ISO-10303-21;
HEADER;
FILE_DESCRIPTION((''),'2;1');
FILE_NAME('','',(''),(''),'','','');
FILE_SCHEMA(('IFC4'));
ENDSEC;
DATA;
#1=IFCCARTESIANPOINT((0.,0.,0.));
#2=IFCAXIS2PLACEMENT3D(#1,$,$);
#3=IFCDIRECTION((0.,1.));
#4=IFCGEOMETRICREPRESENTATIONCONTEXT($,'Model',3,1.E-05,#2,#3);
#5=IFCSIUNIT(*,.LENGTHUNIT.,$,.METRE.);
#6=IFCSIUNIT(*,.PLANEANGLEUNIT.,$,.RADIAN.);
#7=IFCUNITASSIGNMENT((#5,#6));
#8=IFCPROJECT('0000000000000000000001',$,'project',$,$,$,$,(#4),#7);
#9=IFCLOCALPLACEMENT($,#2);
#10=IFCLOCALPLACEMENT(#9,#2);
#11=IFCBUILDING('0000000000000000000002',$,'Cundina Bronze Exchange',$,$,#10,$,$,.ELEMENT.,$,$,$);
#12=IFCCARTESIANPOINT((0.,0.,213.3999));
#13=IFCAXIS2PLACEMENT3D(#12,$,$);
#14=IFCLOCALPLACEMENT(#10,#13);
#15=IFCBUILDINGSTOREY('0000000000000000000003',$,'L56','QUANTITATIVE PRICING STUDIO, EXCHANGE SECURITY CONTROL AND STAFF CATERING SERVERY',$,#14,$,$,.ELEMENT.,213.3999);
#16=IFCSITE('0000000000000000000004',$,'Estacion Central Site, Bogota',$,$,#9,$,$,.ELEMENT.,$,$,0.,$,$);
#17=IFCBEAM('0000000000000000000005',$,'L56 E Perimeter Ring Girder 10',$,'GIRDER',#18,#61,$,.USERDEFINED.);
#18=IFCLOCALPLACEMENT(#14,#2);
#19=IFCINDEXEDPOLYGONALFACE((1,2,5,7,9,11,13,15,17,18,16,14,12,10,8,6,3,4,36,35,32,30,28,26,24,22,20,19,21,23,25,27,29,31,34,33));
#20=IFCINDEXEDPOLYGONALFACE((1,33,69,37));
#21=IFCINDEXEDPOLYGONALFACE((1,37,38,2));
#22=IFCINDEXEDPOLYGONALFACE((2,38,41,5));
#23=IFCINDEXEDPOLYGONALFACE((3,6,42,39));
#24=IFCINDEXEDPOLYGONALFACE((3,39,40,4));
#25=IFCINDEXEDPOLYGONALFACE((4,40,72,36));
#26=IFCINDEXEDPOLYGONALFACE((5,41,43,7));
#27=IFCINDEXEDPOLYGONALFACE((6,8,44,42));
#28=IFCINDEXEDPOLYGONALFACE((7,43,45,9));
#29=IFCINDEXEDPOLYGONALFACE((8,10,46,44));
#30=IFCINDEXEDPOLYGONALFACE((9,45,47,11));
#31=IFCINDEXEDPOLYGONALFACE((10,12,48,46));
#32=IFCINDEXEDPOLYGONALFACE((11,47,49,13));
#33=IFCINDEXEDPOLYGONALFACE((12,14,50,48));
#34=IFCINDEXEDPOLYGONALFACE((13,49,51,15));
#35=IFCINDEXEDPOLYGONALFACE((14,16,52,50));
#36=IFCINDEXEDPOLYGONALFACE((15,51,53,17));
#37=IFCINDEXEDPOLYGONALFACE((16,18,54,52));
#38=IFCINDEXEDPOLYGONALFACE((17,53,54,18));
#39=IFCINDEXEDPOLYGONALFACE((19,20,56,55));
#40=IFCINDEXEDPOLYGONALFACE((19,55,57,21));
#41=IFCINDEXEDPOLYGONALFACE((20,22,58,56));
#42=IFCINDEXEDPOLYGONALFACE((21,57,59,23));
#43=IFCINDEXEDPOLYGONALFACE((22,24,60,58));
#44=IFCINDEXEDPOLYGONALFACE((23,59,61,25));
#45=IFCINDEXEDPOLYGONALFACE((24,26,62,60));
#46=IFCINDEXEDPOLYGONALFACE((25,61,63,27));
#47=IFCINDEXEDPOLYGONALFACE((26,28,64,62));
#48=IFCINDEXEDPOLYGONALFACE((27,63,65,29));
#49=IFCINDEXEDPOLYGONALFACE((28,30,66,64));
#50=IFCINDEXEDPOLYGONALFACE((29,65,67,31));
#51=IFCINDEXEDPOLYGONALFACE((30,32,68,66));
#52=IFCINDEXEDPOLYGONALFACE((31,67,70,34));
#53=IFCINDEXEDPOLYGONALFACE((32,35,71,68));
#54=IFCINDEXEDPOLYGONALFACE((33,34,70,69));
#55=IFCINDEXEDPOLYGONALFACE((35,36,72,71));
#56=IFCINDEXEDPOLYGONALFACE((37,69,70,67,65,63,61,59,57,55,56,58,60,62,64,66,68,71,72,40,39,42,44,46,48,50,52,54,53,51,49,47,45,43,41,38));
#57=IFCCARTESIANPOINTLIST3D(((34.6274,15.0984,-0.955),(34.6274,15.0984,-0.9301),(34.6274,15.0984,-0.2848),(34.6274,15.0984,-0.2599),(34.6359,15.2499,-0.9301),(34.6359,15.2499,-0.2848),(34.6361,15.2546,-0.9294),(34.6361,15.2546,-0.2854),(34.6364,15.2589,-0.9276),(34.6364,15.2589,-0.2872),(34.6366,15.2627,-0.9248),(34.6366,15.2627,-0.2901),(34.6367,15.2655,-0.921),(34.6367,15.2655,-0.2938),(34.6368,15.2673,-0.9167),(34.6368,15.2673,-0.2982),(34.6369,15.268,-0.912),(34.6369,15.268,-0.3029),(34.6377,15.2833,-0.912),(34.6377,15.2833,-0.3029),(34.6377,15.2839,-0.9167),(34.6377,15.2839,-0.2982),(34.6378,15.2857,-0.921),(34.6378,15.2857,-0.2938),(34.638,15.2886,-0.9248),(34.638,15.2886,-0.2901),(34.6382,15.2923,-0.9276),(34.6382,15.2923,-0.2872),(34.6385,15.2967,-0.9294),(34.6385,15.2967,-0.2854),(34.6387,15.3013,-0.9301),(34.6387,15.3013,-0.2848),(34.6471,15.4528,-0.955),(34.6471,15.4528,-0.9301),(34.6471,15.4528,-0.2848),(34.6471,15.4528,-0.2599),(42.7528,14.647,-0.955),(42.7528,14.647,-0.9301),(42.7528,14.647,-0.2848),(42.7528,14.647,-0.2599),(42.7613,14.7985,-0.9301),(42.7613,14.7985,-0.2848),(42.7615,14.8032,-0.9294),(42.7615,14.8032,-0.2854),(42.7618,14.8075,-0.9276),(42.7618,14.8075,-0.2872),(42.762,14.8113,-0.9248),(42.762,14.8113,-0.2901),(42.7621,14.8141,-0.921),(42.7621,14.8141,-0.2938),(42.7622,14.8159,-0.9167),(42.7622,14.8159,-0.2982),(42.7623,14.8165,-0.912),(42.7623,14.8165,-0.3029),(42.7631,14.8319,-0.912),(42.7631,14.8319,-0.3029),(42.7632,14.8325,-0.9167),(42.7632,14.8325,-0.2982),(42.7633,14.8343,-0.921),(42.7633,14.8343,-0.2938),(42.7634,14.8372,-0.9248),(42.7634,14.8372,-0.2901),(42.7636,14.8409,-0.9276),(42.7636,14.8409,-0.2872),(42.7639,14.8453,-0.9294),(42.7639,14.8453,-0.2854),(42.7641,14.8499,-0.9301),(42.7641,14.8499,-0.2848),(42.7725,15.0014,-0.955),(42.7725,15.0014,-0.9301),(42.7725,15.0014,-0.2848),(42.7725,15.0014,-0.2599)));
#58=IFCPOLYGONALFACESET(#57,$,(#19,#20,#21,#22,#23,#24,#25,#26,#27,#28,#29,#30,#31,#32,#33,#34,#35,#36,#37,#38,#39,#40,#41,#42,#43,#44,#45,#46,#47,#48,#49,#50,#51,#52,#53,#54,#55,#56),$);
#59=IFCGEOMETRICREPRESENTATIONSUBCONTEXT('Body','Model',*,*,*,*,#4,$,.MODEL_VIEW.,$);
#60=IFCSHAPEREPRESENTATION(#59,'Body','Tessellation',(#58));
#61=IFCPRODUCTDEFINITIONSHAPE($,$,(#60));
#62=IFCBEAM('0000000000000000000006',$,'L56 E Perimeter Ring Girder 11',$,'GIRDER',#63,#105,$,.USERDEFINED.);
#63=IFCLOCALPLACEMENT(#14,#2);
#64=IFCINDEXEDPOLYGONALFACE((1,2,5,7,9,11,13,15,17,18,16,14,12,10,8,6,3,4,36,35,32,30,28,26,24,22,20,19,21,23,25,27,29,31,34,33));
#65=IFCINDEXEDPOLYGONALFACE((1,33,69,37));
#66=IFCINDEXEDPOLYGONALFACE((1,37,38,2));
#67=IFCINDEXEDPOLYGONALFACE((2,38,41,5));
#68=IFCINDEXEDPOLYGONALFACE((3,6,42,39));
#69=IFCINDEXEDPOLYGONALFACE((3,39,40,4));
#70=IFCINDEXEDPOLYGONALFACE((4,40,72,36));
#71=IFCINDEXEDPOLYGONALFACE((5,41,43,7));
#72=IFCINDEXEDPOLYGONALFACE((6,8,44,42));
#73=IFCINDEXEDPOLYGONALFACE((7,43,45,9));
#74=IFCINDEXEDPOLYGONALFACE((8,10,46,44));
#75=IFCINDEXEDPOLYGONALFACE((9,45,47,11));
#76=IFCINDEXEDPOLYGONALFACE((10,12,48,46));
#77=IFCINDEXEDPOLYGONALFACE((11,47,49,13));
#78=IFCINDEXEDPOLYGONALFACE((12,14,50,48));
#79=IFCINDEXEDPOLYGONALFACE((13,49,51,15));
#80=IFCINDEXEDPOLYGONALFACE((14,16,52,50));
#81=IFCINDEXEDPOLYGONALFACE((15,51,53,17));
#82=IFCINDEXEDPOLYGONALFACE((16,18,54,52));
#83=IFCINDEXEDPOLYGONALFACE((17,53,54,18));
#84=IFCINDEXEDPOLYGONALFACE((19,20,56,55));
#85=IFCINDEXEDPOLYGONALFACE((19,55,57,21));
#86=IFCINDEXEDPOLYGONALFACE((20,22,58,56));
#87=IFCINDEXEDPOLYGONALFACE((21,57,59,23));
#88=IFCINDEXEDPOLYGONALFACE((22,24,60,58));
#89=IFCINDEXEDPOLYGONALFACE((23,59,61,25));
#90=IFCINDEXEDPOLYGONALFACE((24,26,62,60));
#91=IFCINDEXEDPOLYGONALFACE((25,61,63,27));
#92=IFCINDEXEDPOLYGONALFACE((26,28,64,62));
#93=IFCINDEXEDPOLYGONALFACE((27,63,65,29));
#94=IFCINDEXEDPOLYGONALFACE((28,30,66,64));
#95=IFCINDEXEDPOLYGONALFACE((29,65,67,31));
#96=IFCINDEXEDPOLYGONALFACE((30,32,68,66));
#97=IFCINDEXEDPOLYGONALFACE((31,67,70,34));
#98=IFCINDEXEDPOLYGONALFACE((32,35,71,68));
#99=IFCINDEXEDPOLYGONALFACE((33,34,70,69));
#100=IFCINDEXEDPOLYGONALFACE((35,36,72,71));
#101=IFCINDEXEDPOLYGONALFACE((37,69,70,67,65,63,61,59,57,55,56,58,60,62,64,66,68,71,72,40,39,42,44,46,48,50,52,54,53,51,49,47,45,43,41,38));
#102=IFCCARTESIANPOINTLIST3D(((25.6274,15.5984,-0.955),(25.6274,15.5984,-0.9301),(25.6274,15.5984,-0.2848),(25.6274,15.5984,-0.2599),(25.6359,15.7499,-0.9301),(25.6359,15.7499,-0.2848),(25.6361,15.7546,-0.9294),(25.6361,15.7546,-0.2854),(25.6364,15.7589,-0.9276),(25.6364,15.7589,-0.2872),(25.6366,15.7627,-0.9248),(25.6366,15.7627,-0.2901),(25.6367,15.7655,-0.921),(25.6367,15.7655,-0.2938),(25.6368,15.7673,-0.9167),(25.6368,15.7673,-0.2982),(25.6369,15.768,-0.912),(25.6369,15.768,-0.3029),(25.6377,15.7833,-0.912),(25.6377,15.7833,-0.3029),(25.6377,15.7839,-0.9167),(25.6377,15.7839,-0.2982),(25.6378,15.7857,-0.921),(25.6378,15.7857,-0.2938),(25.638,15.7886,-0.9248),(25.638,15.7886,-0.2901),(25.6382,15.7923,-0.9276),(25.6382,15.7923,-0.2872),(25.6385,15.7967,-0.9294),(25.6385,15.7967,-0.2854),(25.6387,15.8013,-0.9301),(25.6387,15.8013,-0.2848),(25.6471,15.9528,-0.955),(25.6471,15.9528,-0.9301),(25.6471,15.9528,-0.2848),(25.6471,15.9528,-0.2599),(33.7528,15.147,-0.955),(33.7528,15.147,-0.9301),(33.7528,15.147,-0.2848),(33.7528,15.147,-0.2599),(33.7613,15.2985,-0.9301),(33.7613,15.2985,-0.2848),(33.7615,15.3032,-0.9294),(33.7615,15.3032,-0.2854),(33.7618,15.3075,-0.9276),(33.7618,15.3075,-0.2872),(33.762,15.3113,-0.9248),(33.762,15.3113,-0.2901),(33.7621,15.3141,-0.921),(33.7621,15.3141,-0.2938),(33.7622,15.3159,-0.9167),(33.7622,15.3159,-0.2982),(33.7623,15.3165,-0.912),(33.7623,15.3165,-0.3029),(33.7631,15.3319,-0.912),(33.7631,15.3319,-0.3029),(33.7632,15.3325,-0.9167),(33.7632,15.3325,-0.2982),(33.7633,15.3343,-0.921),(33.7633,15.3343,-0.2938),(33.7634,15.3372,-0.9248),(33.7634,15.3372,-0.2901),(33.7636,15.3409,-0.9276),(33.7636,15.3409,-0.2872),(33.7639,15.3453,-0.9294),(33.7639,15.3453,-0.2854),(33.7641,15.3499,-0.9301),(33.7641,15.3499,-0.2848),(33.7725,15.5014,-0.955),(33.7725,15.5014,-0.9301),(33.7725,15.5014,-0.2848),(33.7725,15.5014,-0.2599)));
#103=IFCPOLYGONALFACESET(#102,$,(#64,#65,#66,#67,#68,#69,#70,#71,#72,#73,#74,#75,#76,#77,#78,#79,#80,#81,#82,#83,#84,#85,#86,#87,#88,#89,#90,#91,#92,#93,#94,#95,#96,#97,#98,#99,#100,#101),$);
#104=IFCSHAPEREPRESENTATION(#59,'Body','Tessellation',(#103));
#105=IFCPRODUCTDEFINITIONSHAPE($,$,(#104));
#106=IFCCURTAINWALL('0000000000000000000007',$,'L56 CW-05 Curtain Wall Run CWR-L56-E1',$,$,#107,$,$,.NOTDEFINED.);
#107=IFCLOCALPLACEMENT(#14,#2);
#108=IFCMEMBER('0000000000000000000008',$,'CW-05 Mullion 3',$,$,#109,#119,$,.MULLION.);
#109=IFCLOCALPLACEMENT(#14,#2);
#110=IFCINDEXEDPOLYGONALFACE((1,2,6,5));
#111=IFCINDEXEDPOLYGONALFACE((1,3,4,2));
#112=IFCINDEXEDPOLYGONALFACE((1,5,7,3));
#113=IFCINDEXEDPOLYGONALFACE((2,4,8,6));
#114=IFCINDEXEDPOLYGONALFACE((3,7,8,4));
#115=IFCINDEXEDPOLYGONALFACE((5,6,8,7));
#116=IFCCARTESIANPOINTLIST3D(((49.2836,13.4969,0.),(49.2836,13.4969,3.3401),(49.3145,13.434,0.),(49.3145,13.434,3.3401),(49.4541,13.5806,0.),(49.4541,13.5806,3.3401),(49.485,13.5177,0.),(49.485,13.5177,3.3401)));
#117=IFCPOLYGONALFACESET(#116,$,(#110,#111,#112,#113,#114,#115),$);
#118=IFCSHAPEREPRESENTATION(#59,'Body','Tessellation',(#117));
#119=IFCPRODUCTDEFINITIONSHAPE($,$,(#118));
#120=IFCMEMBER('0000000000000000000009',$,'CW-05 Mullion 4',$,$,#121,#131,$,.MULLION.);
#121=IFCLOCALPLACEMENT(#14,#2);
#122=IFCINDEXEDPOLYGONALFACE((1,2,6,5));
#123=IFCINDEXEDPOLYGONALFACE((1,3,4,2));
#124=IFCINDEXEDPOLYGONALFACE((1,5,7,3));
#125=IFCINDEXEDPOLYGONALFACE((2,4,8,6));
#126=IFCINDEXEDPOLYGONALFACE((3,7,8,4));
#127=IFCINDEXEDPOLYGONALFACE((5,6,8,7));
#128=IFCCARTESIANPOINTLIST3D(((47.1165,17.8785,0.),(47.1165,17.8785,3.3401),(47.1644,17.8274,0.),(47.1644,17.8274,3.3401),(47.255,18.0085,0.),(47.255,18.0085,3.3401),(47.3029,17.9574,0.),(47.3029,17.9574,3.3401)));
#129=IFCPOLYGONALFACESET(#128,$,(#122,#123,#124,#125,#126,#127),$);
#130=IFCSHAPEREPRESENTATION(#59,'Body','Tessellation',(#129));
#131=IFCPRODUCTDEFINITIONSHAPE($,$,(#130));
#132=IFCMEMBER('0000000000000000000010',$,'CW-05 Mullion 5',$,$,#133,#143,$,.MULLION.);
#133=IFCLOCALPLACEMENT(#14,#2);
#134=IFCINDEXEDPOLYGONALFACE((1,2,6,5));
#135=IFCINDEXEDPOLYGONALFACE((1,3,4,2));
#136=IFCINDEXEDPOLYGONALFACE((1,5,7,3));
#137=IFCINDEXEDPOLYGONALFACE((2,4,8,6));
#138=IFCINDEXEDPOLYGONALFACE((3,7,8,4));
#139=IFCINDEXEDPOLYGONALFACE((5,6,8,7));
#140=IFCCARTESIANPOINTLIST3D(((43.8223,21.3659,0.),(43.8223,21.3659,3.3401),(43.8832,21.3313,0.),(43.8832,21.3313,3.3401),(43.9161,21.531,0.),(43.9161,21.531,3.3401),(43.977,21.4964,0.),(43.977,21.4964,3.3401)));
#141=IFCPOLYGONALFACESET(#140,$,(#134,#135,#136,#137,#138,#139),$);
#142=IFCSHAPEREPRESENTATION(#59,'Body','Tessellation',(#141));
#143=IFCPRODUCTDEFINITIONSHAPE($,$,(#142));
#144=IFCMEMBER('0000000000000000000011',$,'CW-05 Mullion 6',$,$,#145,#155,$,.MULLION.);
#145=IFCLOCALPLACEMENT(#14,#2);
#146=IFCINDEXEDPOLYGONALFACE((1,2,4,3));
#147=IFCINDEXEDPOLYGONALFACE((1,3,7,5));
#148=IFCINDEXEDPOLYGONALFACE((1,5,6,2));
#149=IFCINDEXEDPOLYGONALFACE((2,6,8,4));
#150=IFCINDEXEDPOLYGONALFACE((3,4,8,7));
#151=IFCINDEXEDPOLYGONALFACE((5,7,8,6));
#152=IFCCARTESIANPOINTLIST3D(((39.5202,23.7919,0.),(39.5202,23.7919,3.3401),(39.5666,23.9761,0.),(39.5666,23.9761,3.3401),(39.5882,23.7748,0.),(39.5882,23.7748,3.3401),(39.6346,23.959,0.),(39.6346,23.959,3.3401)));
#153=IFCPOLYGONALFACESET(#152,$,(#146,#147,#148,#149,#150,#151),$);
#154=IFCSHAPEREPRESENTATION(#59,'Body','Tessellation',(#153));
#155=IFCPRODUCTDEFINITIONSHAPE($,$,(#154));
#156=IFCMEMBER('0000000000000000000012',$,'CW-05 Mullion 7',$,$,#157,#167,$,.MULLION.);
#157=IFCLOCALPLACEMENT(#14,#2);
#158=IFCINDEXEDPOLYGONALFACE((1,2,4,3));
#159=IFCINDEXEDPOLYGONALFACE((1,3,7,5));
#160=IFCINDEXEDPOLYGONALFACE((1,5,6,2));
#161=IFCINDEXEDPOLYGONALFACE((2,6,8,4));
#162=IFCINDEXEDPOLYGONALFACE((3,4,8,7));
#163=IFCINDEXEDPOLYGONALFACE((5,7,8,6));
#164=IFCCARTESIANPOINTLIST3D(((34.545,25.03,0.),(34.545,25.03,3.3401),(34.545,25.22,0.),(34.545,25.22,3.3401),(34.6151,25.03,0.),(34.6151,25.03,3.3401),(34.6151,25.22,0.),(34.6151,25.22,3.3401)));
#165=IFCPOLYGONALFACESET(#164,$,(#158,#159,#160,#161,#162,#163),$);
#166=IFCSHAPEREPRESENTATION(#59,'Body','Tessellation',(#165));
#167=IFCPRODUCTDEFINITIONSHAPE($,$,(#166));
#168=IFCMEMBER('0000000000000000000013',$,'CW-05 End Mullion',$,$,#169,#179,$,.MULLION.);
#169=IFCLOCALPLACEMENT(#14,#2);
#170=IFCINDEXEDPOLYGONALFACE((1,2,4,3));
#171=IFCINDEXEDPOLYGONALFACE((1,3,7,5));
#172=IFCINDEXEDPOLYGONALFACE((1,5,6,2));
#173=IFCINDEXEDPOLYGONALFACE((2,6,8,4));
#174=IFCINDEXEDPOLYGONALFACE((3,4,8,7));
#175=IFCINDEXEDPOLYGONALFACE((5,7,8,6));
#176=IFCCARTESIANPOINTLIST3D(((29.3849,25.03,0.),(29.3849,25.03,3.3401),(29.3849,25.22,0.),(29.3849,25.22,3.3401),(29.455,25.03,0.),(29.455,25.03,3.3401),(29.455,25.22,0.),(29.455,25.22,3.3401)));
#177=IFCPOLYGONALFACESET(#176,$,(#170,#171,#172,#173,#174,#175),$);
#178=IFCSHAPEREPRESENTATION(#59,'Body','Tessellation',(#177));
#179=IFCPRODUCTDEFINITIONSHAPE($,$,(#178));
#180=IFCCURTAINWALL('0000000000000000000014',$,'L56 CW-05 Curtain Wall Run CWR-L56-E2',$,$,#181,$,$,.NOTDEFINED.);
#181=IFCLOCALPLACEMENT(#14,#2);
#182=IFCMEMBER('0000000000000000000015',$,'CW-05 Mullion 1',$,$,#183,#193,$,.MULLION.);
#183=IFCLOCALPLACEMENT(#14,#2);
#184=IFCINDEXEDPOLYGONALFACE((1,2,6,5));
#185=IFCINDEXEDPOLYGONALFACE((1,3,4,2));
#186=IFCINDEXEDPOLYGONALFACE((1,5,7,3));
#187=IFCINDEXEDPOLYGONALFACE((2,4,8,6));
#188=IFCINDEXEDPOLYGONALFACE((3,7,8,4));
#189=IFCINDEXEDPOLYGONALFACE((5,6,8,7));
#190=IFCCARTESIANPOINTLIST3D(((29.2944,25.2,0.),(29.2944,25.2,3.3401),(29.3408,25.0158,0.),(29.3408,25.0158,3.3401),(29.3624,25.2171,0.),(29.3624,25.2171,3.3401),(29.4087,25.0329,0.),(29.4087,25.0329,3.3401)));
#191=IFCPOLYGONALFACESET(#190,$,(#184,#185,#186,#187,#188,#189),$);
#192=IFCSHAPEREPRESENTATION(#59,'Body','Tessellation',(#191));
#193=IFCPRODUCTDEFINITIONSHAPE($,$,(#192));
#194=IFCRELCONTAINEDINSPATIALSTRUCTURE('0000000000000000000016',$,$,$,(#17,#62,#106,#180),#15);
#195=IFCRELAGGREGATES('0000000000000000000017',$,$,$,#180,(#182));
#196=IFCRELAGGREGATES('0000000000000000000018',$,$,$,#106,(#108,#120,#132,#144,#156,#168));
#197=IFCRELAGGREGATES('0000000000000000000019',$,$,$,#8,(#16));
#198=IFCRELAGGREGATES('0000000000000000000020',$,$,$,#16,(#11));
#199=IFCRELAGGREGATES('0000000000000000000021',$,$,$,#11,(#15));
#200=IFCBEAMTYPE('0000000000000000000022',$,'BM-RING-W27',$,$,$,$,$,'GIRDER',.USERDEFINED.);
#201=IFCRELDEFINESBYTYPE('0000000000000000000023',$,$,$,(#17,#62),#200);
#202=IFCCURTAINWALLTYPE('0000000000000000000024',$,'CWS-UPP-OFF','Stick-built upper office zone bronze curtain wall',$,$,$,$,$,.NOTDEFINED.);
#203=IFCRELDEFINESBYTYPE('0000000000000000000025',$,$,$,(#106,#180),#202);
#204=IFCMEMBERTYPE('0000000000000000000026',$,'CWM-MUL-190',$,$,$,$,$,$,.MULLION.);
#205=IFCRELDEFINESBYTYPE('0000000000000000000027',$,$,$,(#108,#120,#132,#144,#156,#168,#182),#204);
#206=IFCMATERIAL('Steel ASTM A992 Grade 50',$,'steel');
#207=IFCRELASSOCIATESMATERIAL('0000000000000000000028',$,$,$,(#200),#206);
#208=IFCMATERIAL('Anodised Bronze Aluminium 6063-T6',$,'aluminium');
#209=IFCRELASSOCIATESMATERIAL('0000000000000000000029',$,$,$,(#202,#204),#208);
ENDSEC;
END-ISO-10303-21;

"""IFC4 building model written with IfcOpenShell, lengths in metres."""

from ifc_helpers import new_model, si_unit, direction, frame, origin, origin_2d, place, context, subcontext, project, spatial, rectangle, i_section, extrude, material, material_profile, profile_set, type_object, element, aggregate, save


model = new_model("IFC4")

# Units and contexts
model_context = context("Model", 3, precision=1e-05, world=origin(), true_north=direction((0.0, 1.0)))
body_context = subcontext(model_context, "Body", "Model", "MODEL_VIEW")
ifc_project = project(units=[si_unit("LENGTHUNIT", "METRE"), si_unit("PLANEANGLEUNIT", "RADIAN")], contexts=[model_context])

# Site, building, storey
site_placement = place(None, origin())
site = spatial("IfcSite", under=ifc_project, at=site_placement, Name="Estacion Central Site, Bogota", CompositionType="ELEMENT", RefElevation=0.0)
building_placement = place(site_placement, origin())
building = spatial("IfcBuilding", under=site, at=building_placement, Name="Cundina Bronze Exchange", CompositionType="ELEMENT")
storey_placement = place(building_placement, frame((0.0, 0.0, 213.3999)))
storey = spatial("IfcBuildingStorey", under=building, at=storey_placement, Name="L56", Description="QUANTITATIVE PRICING STUDIO, EXCHANGE SECURITY CONTROL AND STAFF CATERING SERVERY", CompositionType="ELEMENT", Elevation=213.3999)

# Beams
ifc_material_1 = material(Name="Steel ASTM A992 Grade 50", Category="steel")
ifc_material_profile_1 = material_profile(ifc_material_1, i_section(OverallWidth=0.355, OverallDepth=0.6951, WebThickness=0.0154, FlangeThickness=0.0249, FilletRadius=0.0181, at=origin_2d()), Name="W27X146", Category="steel")
ifc_profile_set_1 = profile_set([ifc_material_profile_1], Name="Steel ASTM A992 Grade 50")
beam_type_1 = type_object("IfcBeamType", Name="BM-RING-W27", ElementType="GIRDER", PredefinedType="USERDEFINED", material=ifc_profile_set_1)
for number, where, z_axis, x_axis, name in (
    (1, (42.7627, 14.8242, -0.6074), (-0.99846, 0.05547, 0.0), (-0.05547, -0.99846, 0.0), "L56 E Perimeter Ring Girder 10"),
    (2, (33.7627, 15.3242, -0.6074), (-0.99846, 0.05547, 0.0), (-0.05547, -0.99846, 0.0), "L56 E Perimeter Ring Girder 11"),
):
    element("IfcBeam", number, at=place(storey_placement, frame(where, z_axis=z_axis, x_axis=x_axis)), inside=storey, type_object=beam_type_1, Name=name, ObjectType="GIRDER", PredefinedType="USERDEFINED", context=body_context, shape_type="SweptSolid", body=[
        extrude(i_section(OverallWidth=0.355, OverallDepth=0.6951, WebThickness=0.0154, FlangeThickness=0.0249, FilletRadius=0.0181, at=origin_2d()), origin(), (0.0, 0.0, 1.0), 8.1379),
    ])

# Curtain wall, members
ifc_material_2 = material(Name="Anodised Bronze Aluminium 6063-T6", Category="aluminium")
curtain_wall_type = type_object("IfcCurtainWallType", Name="CWS-UPP-OFF", Description="Stick-built upper office zone bronze curtain wall", PredefinedType="NOTDEFINED", material=ifc_material_2)
curtain_wall_1_placement = place(storey_placement, origin())
curtain_wall_1 = element("IfcCurtainWall", 3, at=curtain_wall_1_placement, inside=storey, type_object=curtain_wall_type, Name="L56 CW-05 Curtain Wall Run CWR-L56-E1", PredefinedType="NOTDEFINED")
ifc_material_profile_2 = material_profile(ifc_material_2, rectangle(XDim=0.0701, YDim=0.1899, at=origin_2d()), Name="AL70X190", Category="aluminium")
ifc_profile_set_2 = profile_set([ifc_material_profile_2], Name="Anodised Bronze Aluminium 6063-T6")
member_type_1 = type_object("IfcMemberType", Name="CWM-MUL-190", PredefinedType="MULLION", material=ifc_profile_set_2)
member_1_placement = place(storey_placement, frame((49.3843, 13.5073, 0.0), z_axis=(0.0, 0.0, 1.0), x_axis=(-0.440566, 0.89772, 0.0)))
member_1 = element("IfcMember", 4, at=member_1_placement, type_object=member_type_1, Name="CW-05 Mullion 3", PredefinedType="MULLION", context=body_context, shape_type="SweptSolid", body=[
    extrude(rectangle(XDim=0.0701, YDim=0.1899, at=origin_2d()), origin(), (0.0, 0.0, 1.0), 3.3401),
])
member_2_placement = place(storey_placement, frame((47.2097, 17.918, 0.0), z_axis=(0.0, 0.0, 1.0), x_axis=(-0.684293, 0.729208, 0.0)))
member_2 = element("IfcMember", 5, at=member_2_placement, type_object=member_type_1, Name="CW-05 Mullion 4", PredefinedType="MULLION", context=body_context, shape_type="SweptSolid", body=[
    extrude(rectangle(XDim=0.0701, YDim=0.1899, at=origin_2d()), origin(), (0.0, 0.0, 1.0), 3.3401),
])
member_3_placement = place(storey_placement, frame((43.8997, 21.4312, 0.0), z_axis=(0.0, 0.0, 1.0), x_axis=(-0.869581, 0.49379, 0.0)))
member_3 = element("IfcMember", 6, at=member_3_placement, type_object=member_type_1, Name="CW-05 Mullion 5", PredefinedType="MULLION", context=body_context, shape_type="SweptSolid", body=[
    extrude(rectangle(XDim=0.0701, YDim=0.1899, at=origin_2d()), origin(), (0.0, 0.0, 1.0), 3.3401),
])
member_4_placement = place(storey_placement, frame((39.5774, 23.8755, 0.0), z_axis=(0.0, 0.0, 1.0), x_axis=(-0.969744, 0.244123, 0.0)))
member_4 = element("IfcMember", 7, at=member_4_placement, type_object=member_type_1, Name="CW-05 Mullion 6", PredefinedType="MULLION", context=body_context, shape_type="SweptSolid", body=[
    extrude(rectangle(XDim=0.0701, YDim=0.1899, at=origin_2d()), origin(), (0.0, 0.0, 1.0), 3.3401),
])
member_5_placement = place(storey_placement, frame((34.5801, 25.125, 0.0), z_axis=(0.0, 0.0, 1.0), x_axis=(-1.0, 0.0, 0.0)))
member_5 = element("IfcMember", 8, at=member_5_placement, type_object=member_type_1, Name="CW-05 Mullion 7", PredefinedType="MULLION", context=body_context, shape_type="SweptSolid", body=[
    extrude(rectangle(XDim=0.0701, YDim=0.1899, at=origin_2d()), origin(), (0.0, 0.0, 1.0), 3.3401),
])
member_6_placement = place(storey_placement, frame((29.4199, 25.125, 0.0), z_axis=(0.0, 0.0, 1.0), x_axis=(-1.0, 0.0, 0.0)))
member_6 = element("IfcMember", 9, at=member_6_placement, type_object=member_type_1, Name="CW-05 End Mullion", PredefinedType="MULLION", context=body_context, shape_type="SweptSolid", body=[
    extrude(rectangle(XDim=0.0701, YDim=0.1899, at=origin_2d()), origin(), (0.0, 0.0, 1.0), 3.3401),
])

# Curtain wall, member
curtain_wall_2_placement = place(storey_placement, origin())
curtain_wall_2 = element("IfcCurtainWall", 10, at=curtain_wall_2_placement, inside=storey, type_object=curtain_wall_type, Name="L56 CW-05 Curtain Wall Run CWR-L56-E2", PredefinedType="NOTDEFINED")
member_7_placement = place(storey_placement, frame((29.3516, 25.1165, 0.0), z_axis=(0.0, 0.0, 1.0), x_axis=(-0.969744, -0.244123, 0.0)))
member_7 = element("IfcMember", 11, at=member_7_placement, type_object=member_type_1, Name="CW-05 Mullion 1", PredefinedType="MULLION", context=body_context, shape_type="SweptSolid", body=[
    extrude(rectangle(XDim=0.0701, YDim=0.1899, at=origin_2d()), origin(), (0.0, 0.0, 1.0), 3.3401),
])

aggregate(curtain_wall_2, [member_7])

aggregate(curtain_wall_1, [member_1, member_2, member_3, member_4, member_5, member_6])

save(model, "model.ifc")
